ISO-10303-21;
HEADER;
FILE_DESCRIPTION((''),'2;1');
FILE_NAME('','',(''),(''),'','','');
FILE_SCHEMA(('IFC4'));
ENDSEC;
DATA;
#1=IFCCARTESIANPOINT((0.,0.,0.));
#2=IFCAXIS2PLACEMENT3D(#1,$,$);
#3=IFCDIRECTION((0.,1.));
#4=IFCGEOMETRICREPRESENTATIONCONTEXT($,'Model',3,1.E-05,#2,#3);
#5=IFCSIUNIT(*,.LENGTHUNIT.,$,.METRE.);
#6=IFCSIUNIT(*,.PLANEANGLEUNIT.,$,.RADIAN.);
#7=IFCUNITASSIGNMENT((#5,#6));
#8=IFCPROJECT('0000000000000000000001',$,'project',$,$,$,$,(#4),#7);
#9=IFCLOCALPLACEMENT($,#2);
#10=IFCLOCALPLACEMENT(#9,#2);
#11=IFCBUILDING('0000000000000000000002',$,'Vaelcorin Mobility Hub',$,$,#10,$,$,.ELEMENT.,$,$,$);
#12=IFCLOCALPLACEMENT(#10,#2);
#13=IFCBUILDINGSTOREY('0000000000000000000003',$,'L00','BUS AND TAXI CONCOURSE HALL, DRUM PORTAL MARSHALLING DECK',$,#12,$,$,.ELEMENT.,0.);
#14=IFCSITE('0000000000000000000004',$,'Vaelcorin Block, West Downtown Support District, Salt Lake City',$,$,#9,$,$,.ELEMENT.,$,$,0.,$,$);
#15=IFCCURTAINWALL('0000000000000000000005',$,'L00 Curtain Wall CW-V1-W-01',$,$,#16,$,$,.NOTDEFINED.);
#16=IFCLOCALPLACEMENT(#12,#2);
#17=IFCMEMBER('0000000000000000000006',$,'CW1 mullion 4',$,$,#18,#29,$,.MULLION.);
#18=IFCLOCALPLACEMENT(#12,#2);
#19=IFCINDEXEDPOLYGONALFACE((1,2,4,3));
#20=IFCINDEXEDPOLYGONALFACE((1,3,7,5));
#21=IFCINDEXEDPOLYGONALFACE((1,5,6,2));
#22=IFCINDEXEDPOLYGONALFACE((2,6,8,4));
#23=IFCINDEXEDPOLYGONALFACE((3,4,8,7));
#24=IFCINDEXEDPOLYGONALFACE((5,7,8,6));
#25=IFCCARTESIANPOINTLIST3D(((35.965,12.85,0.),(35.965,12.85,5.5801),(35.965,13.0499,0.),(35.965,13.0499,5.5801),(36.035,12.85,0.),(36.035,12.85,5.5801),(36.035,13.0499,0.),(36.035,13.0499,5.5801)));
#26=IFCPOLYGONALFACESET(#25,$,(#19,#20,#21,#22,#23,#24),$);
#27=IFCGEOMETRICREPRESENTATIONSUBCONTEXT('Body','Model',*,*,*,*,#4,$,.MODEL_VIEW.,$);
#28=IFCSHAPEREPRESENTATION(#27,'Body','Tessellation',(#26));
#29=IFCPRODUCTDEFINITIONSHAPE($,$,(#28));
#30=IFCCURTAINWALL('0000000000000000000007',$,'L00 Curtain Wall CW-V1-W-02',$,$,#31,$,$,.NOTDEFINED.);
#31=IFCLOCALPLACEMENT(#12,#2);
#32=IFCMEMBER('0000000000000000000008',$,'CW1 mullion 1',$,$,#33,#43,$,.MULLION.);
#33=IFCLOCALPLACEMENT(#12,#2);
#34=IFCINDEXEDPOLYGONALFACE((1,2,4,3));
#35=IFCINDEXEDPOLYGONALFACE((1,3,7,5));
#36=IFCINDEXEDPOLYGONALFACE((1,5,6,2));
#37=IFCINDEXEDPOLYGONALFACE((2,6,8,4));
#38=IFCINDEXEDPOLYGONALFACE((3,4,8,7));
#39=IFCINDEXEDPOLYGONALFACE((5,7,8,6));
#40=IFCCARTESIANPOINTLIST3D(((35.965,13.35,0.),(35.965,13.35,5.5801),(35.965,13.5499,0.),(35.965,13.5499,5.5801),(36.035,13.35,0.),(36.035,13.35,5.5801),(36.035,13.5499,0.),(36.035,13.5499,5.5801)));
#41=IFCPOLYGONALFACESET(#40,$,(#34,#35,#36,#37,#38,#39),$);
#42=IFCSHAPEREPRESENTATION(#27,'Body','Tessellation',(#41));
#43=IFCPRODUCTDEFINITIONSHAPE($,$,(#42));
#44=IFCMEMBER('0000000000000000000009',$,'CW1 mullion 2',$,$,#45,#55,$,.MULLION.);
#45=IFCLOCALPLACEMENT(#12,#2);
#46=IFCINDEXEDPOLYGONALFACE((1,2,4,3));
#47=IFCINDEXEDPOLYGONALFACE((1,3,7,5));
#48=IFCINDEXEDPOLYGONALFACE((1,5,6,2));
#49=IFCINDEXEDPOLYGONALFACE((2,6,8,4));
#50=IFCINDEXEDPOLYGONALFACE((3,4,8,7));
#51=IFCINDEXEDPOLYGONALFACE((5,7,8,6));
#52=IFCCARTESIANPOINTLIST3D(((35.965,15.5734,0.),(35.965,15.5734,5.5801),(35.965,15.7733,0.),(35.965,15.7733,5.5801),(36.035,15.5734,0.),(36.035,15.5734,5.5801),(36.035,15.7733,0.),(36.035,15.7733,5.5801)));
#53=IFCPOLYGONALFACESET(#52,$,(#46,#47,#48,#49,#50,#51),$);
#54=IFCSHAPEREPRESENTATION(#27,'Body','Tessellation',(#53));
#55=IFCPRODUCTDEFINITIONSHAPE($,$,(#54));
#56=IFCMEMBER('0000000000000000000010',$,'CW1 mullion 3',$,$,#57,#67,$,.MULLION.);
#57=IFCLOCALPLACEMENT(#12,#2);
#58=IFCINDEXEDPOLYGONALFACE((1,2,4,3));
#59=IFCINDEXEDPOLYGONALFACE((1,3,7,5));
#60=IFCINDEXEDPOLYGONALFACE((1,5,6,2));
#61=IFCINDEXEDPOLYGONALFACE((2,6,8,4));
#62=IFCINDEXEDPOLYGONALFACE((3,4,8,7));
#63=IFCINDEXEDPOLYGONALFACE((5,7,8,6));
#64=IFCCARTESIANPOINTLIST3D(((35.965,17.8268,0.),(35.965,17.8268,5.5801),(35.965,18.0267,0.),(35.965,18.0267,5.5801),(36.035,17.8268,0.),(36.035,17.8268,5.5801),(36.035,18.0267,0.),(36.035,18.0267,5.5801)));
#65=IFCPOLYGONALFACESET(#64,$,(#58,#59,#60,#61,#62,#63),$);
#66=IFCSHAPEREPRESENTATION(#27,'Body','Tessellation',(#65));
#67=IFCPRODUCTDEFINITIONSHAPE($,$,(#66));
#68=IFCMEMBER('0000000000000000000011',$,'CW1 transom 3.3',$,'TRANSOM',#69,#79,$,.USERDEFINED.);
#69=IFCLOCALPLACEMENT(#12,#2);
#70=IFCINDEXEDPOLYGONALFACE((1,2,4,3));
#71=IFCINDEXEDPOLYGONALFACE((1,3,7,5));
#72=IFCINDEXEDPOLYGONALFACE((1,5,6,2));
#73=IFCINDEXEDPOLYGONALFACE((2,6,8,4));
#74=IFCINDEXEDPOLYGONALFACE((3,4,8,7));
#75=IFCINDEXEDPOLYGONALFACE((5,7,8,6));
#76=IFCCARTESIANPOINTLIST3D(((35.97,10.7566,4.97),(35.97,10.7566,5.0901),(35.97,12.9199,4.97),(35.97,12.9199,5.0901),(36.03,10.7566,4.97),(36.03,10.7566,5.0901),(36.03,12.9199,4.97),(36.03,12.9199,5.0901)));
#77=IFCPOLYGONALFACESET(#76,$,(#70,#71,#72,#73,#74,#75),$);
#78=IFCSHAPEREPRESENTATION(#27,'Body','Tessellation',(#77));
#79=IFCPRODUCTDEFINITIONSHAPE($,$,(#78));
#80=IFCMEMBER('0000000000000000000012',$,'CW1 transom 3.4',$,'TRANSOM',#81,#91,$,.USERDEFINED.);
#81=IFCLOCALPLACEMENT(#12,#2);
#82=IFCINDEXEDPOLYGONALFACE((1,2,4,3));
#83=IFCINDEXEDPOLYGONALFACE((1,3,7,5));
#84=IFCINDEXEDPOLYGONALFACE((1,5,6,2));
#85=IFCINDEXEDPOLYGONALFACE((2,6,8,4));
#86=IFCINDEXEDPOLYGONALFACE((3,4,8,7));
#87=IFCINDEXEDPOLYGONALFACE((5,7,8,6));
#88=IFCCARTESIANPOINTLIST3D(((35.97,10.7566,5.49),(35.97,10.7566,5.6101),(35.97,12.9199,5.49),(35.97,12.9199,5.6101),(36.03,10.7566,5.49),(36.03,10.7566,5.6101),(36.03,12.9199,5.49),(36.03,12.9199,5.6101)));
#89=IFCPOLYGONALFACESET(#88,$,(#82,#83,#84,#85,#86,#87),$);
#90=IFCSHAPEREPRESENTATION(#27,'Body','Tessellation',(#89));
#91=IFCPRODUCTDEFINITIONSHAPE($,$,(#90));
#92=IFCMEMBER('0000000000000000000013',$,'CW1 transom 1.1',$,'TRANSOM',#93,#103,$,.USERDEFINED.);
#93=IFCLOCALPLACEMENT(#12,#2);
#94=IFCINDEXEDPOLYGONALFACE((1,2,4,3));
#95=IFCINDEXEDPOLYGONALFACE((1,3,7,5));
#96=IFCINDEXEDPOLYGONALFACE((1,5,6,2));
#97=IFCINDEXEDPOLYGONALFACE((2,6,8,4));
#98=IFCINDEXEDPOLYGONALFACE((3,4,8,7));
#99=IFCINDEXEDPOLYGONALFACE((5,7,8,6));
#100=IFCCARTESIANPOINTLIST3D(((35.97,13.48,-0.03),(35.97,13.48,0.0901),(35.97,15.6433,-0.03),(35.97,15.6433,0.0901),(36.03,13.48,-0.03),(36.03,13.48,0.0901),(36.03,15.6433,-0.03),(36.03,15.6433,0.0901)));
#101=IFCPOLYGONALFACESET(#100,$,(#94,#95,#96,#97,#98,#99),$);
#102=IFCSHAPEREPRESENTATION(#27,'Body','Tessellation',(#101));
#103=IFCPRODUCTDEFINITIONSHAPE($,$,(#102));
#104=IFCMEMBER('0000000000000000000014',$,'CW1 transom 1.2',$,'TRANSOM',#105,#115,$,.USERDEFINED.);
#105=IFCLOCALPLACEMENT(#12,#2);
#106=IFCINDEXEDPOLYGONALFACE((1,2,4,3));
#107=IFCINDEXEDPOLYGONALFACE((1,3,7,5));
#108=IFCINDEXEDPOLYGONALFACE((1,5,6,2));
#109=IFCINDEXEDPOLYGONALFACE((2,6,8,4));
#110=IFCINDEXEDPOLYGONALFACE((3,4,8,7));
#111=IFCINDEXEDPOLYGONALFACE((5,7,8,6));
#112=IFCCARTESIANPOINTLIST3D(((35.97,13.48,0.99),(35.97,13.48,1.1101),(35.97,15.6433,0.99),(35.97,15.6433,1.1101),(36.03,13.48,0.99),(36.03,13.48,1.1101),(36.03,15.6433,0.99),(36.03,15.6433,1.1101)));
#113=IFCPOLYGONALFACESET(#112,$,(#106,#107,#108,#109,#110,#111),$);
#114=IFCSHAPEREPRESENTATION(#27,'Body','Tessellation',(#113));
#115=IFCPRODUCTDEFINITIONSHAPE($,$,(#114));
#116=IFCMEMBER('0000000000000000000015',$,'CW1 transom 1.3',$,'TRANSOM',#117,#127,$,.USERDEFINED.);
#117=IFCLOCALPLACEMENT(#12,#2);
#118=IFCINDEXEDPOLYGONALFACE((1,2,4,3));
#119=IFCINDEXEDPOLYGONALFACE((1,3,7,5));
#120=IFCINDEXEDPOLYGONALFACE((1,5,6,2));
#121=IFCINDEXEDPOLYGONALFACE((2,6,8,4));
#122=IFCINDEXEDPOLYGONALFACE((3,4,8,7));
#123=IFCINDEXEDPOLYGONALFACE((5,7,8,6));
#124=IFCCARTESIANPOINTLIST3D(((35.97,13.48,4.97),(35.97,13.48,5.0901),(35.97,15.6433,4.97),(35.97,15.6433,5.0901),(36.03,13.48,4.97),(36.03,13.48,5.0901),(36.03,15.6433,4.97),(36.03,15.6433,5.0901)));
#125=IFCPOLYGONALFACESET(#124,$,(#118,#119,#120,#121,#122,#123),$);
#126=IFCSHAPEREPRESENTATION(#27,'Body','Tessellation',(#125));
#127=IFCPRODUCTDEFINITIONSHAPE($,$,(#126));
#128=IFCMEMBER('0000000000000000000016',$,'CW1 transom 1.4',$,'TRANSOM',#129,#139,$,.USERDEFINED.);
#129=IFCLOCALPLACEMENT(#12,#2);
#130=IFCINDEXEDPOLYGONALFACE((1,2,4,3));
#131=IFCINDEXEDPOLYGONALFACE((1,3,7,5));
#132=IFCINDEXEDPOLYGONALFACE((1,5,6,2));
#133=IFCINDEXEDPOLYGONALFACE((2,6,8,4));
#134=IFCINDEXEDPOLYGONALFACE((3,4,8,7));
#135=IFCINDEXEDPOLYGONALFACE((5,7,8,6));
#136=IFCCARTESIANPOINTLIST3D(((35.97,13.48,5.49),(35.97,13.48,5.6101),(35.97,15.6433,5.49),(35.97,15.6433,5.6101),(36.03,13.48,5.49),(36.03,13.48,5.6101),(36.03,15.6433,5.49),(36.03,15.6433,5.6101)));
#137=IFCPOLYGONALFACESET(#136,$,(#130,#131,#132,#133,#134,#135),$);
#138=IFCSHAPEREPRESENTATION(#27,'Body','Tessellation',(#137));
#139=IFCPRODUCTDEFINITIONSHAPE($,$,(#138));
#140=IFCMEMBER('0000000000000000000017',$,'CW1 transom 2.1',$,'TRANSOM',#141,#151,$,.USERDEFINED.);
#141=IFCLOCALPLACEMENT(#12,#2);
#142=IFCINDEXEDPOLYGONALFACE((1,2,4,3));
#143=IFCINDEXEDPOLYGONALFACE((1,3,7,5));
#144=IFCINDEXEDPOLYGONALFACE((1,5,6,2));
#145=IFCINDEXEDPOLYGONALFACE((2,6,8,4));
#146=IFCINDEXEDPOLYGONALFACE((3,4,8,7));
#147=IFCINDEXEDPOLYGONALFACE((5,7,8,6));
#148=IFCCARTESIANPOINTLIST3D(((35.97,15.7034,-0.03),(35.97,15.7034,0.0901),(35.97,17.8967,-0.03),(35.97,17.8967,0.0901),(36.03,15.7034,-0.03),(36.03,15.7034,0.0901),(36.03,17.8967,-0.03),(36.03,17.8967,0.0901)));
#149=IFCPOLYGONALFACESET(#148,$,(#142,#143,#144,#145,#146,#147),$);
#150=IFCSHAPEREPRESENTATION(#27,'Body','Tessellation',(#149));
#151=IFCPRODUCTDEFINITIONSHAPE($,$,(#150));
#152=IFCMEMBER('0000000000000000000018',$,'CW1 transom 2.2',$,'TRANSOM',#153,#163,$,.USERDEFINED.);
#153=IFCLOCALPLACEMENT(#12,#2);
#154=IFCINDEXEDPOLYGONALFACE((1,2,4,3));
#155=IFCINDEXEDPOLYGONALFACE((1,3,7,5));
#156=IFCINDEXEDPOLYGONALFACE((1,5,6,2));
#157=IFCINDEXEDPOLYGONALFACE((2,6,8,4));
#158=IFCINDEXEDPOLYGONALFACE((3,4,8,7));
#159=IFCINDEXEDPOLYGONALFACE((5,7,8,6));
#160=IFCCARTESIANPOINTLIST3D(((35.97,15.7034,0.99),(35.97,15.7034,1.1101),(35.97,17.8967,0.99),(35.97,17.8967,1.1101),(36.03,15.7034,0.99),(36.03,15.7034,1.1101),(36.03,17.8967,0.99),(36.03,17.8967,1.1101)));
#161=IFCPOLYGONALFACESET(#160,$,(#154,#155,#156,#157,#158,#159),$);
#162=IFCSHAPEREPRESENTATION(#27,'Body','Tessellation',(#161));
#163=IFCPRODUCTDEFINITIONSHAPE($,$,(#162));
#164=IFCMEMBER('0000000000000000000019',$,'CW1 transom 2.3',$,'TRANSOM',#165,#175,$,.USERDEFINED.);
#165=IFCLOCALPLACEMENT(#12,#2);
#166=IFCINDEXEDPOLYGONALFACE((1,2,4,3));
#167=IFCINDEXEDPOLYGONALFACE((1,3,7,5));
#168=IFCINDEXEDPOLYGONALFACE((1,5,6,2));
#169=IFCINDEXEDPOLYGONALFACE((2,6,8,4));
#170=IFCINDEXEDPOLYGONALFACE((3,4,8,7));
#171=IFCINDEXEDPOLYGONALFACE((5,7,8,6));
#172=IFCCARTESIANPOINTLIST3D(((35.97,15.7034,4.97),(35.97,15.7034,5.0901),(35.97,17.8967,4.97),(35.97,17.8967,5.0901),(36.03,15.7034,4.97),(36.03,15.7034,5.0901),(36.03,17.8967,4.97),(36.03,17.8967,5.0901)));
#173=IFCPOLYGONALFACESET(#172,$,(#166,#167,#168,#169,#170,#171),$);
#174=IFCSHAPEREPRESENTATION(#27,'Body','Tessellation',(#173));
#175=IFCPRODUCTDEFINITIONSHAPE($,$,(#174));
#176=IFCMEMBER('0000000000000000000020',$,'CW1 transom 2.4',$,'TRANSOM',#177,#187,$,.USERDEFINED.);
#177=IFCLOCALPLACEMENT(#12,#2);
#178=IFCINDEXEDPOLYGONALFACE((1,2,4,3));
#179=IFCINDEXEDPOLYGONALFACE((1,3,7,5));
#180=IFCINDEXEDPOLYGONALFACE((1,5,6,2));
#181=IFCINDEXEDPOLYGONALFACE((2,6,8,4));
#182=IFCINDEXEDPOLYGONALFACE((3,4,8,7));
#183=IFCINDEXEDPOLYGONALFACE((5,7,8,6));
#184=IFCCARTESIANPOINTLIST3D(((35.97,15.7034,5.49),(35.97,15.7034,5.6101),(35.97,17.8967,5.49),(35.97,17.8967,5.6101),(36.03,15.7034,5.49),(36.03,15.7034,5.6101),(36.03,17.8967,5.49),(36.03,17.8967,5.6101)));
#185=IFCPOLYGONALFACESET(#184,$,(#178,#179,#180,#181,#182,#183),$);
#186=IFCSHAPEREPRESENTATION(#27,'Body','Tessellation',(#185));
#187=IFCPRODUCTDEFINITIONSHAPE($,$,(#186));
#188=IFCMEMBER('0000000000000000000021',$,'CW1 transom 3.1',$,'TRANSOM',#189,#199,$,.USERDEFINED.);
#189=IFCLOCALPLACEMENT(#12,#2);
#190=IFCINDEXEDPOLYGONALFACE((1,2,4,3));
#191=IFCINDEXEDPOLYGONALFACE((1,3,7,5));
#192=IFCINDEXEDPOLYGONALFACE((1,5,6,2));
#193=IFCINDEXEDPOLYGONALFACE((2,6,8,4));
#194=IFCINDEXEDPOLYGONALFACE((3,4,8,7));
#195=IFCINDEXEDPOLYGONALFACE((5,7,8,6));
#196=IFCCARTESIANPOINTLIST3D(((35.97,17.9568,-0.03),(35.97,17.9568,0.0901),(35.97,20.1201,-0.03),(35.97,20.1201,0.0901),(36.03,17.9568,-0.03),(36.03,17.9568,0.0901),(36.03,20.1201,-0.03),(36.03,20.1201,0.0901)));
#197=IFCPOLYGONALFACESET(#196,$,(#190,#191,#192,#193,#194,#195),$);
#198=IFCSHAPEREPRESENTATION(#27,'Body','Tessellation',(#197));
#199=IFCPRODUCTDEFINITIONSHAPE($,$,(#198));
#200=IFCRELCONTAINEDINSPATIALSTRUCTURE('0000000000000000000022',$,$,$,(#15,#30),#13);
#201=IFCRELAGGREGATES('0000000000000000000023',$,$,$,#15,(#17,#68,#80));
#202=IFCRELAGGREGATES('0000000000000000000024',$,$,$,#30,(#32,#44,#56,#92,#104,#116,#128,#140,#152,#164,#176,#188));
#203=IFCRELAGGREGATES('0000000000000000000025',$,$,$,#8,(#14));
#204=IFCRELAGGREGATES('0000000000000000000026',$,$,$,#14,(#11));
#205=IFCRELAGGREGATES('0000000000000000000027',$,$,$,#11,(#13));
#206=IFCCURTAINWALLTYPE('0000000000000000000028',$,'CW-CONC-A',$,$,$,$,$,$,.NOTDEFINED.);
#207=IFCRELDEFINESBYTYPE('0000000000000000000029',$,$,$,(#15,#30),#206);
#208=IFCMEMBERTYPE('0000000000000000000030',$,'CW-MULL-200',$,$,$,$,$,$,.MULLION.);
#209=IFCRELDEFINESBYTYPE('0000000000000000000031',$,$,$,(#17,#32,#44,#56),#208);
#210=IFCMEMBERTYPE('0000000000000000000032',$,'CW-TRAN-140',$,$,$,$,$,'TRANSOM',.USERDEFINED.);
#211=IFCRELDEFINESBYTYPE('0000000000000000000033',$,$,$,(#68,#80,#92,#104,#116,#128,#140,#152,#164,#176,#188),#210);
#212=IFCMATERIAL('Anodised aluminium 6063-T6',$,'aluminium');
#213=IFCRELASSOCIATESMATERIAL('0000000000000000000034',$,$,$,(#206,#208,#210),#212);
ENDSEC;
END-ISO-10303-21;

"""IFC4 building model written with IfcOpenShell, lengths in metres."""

from ifc_helpers import new_model, si_unit, direction, frame, origin, origin_2d, place, context, subcontext, project, spatial, rectangle, extrude, material, material_profile, profile_set, type_object, element, aggregate, save


model = new_model("IFC4")

# Units and contexts
model_context = context("Model", 3, precision=1e-05, world=origin(), true_north=direction((0.0, 1.0)))
body_context = subcontext(model_context, "Body", "Model", "MODEL_VIEW")
ifc_project = project(units=[si_unit("LENGTHUNIT", "METRE"), si_unit("PLANEANGLEUNIT", "RADIAN")], contexts=[model_context])

# Site, building, storey
site_placement = place(None, origin())
site = spatial("IfcSite", under=ifc_project, at=site_placement, Name="Vaelcorin Block, West Downtown Support District, Salt Lake City", CompositionType="ELEMENT", RefElevation=0.0)
building_placement = place(site_placement, origin())
building = spatial("IfcBuilding", under=site, at=building_placement, Name="Vaelcorin Mobility Hub", CompositionType="ELEMENT")
storey_placement = place(building_placement, origin())
storey = spatial("IfcBuildingStorey", under=building, at=storey_placement, Name="L00", Description="BUS AND TAXI CONCOURSE HALL, DRUM PORTAL MARSHALLING DECK", CompositionType="ELEMENT", Elevation=0.0)

# Curtain wall, member
ifc_material_1 = material(Name="Anodised aluminium 6063-T6", Category="aluminium")
curtain_wall_type = type_object("IfcCurtainWallType", Name="CW-CONC-A", PredefinedType="NOTDEFINED", material=ifc_material_1)
curtain_wall_1_placement = place(storey_placement, origin())
curtain_wall_1 = element("IfcCurtainWall", 1, at=curtain_wall_1_placement, inside=storey, type_object=curtain_wall_type, Name="L00 Curtain Wall CW-V1-W-01", PredefinedType="NOTDEFINED")
ifc_material_profile_1 = material_profile(ifc_material_1, rectangle(XDim=0.0701, YDim=0.2, at=origin_2d()), Name="ALU-M70X200")
ifc_profile_set_1 = profile_set([ifc_material_profile_1], Name="Anodised aluminium 6063-T6")
member_type_1 = type_object("IfcMemberType", Name="CW-MULL-200", PredefinedType="MULLION", material=ifc_profile_set_1)
member_1_placement = place(storey_placement, frame((36.0, 12.95, 0.0), z_axis=(0.0, 0.0, 1.0), x_axis=(-1.0, 0.0, 0.0)))
member_1 = element("IfcMember", 2, at=member_1_placement, type_object=member_type_1, Name="CW1 mullion 4", PredefinedType="MULLION", context=body_context, shape_type="SweptSolid", body=[
    extrude(rectangle(XDim=0.0701, YDim=0.2, at=origin_2d()), origin(), (0.0, 0.0, 1.0), 5.5801),
])

# Curtain wall, members
curtain_wall_2_placement = place(storey_placement, origin())
curtain_wall_2 = element("IfcCurtainWall", 3, at=curtain_wall_2_placement, inside=storey, type_object=curtain_wall_type, Name="L00 Curtain Wall CW-V1-W-02", PredefinedType="NOTDEFINED")
member_2_placement = place(storey_placement, frame((36.0, 13.45, 0.0), z_axis=(0.0, 0.0, 1.0), x_axis=(-1.0, 0.0, 0.0)))
member_2 = element("IfcMember", 4, at=member_2_placement, type_object=member_type_1, Name="CW1 mullion 1", PredefinedType="MULLION", context=body_context, shape_type="SweptSolid", body=[
    extrude(rectangle(XDim=0.0701, YDim=0.2, at=origin_2d()), origin(), (0.0, 0.0, 1.0), 5.5801),
])
member_3_placement = place(storey_placement, frame((36.0, 15.6733, 0.0), z_axis=(0.0, 0.0, 1.0), x_axis=(-1.0, 0.0, 0.0)))
member_3 = element("IfcMember", 5, at=member_3_placement, type_object=member_type_1, Name="CW1 mullion 2", PredefinedType="MULLION", context=body_context, shape_type="SweptSolid", body=[
    extrude(rectangle(XDim=0.0701, YDim=0.2, at=origin_2d()), origin(), (0.0, 0.0, 1.0), 5.5801),
])
member_4_placement = place(storey_placement, frame((36.0, 17.9268, 0.0), z_axis=(0.0, 0.0, 1.0), x_axis=(-1.0, 0.0, 0.0)))
member_4 = element("IfcMember", 6, at=member_4_placement, type_object=member_type_1, Name="CW1 mullion 3", PredefinedType="MULLION", context=body_context, shape_type="SweptSolid", body=[
    extrude(rectangle(XDim=0.0701, YDim=0.2, at=origin_2d()), origin(), (0.0, 0.0, 1.0), 5.5801),
])

# Members
ifc_material_profile_2 = material_profile(ifc_material_1, rectangle(XDim=0.0601, YDim=0.1201, at=origin_2d()), Name="ALU-T60X120")
ifc_profile_set_2 = profile_set([ifc_material_profile_2], Name="Anodised aluminium 6063-T6")
member_type_2 = type_object("IfcMemberType", Name="CW-TRAN-140", ElementType="TRANSOM", PredefinedType="USERDEFINED", material=ifc_profile_set_2)
member_5_placement = place(storey_placement, frame((36.0, 10.7566, 5.03), z_axis=(0.0, 1.0, 0.0), x_axis=(-1.0, 0.0, 0.0)))
member_5 = element("IfcMember", 7, at=member_5_placement, type_object=member_type_2, Name="CW1 transom 3.3", ObjectType="TRANSOM", PredefinedType="USERDEFINED", context=body_context, shape_type="SweptSolid", body=[
    extrude(rectangle(XDim=0.0601, YDim=0.1201, at=origin_2d()), origin(), (0.0, 0.0, 1.0), 2.1633),
])
member_6_placement = place(storey_placement, frame((36.0, 10.7566, 5.55), z_axis=(0.0, 1.0, 0.0), x_axis=(-1.0, 0.0, 0.0)))
member_6 = element("IfcMember", 8, at=member_6_placement, type_object=member_type_2, Name="CW1 transom 3.4", ObjectType="TRANSOM", PredefinedType="USERDEFINED", context=body_context, shape_type="SweptSolid", body=[
    extrude(rectangle(XDim=0.0601, YDim=0.1201, at=origin_2d()), origin(), (0.0, 0.0, 1.0), 2.1633),
])
member_7_placement = place(storey_placement, frame((36.0, 13.48, 0.03), z_axis=(0.0, 1.0, 0.0), x_axis=(-1.0, 0.0, 0.0)))
member_7 = element("IfcMember", 9, at=member_7_placement, type_object=member_type_2, Name="CW1 transom 1.1", ObjectType="TRANSOM", PredefinedType="USERDEFINED", context=body_context, shape_type="SweptSolid", body=[
    extrude(rectangle(XDim=0.0601, YDim=0.1201, at=origin_2d()), origin(), (0.0, 0.0, 1.0), 2.1633),
])
member_8_placement = place(storey_placement, frame((36.0, 13.48, 1.05), z_axis=(0.0, 1.0, 0.0), x_axis=(-1.0, 0.0, 0.0)))
member_8 = element("IfcMember", 10, at=member_8_placement, type_object=member_type_2, Name="CW1 transom 1.2", ObjectType="TRANSOM", PredefinedType="USERDEFINED", context=body_context, shape_type="SweptSolid", body=[
    extrude(rectangle(XDim=0.0601, YDim=0.1201, at=origin_2d()), origin(), (0.0, 0.0, 1.0), 2.1633),
])
member_9_placement = place(storey_placement, frame((36.0, 13.48, 5.03), z_axis=(0.0, 1.0, 0.0), x_axis=(-1.0, 0.0, 0.0)))
member_9 = element("IfcMember", 11, at=member_9_placement, type_object=member_type_2, Name="CW1 transom 1.3", ObjectType="TRANSOM", PredefinedType="USERDEFINED", context=body_context, shape_type="SweptSolid", body=[
    extrude(rectangle(XDim=0.0601, YDim=0.1201, at=origin_2d()), origin(), (0.0, 0.0, 1.0), 2.1633),
])
member_10_placement = place(storey_placement, frame((36.0, 13.48, 5.55), z_axis=(0.0, 1.0, 0.0), x_axis=(-1.0, 0.0, 0.0)))
member_10 = element("IfcMember", 12, at=member_10_placement, type_object=member_type_2, Name="CW1 transom 1.4", ObjectType="TRANSOM", PredefinedType="USERDEFINED", context=body_context, shape_type="SweptSolid", body=[
    extrude(rectangle(XDim=0.0601, YDim=0.1201, at=origin_2d()), origin(), (0.0, 0.0, 1.0), 2.1633),
])
member_11_placement = place(storey_placement, frame((36.0, 15.7034, 0.03), z_axis=(0.0, 1.0, 0.0), x_axis=(-1.0, 0.0, 0.0)))
member_11 = element("IfcMember", 13, at=member_11_placement, type_object=member_type_2, Name="CW1 transom 2.1", ObjectType="TRANSOM", PredefinedType="USERDEFINED", context=body_context, shape_type="SweptSolid", body=[
    extrude(rectangle(XDim=0.0601, YDim=0.1201, at=origin_2d()), origin(), (0.0, 0.0, 1.0), 2.1934),
])
member_12_placement = place(storey_placement, frame((36.0, 15.7034, 1.05), z_axis=(0.0, 1.0, 0.0), x_axis=(-1.0, 0.0, 0.0)))
member_12 = element("IfcMember", 14, at=member_12_placement, type_object=member_type_2, Name="CW1 transom 2.2", ObjectType="TRANSOM", PredefinedType="USERDEFINED", context=body_context, shape_type="SweptSolid", body=[
    extrude(rectangle(XDim=0.0601, YDim=0.1201, at=origin_2d()), origin(), (0.0, 0.0, 1.0), 2.1934),
])
member_13_placement = place(storey_placement, frame((36.0, 15.7034, 5.03), z_axis=(0.0, 1.0, 0.0), x_axis=(-1.0, 0.0, 0.0)))
member_13 = element("IfcMember", 15, at=member_13_placement, type_object=member_type_2, Name="CW1 transom 2.3", ObjectType="TRANSOM", PredefinedType="USERDEFINED", context=body_context, shape_type="SweptSolid", body=[
    extrude(rectangle(XDim=0.0601, YDim=0.1201, at=origin_2d()), origin(), (0.0, 0.0, 1.0), 2.1934),
])
member_14_placement = place(storey_placement, frame((36.0, 15.7034, 5.55), z_axis=(0.0, 1.0, 0.0), x_axis=(-1.0, 0.0, 0.0)))
member_14 = element("IfcMember", 16, at=member_14_placement, type_object=member_type_2, Name="CW1 transom 2.4", ObjectType="TRANSOM", PredefinedType="USERDEFINED", context=body_context, shape_type="SweptSolid", body=[
    extrude(rectangle(XDim=0.0601, YDim=0.1201, at=origin_2d()), origin(), (0.0, 0.0, 1.0), 2.1934),
])
member_15_placement = place(storey_placement, frame((36.0, 17.9568, 0.03), z_axis=(0.0, 1.0, 0.0), x_axis=(-1.0, 0.0, 0.0)))
member_15 = element("IfcMember", 17, at=member_15_placement, type_object=member_type_2, Name="CW1 transom 3.1", ObjectType="TRANSOM", PredefinedType="USERDEFINED", context=body_context, shape_type="SweptSolid", body=[
    extrude(rectangle(XDim=0.0601, YDim=0.1201, at=origin_2d()), origin(), (0.0, 0.0, 1.0), 2.1633),
])

aggregate(curtain_wall_1, [member_1, member_5, member_6])
aggregate(curtain_wall_2, [member_2, member_3, member_4, member_7, member_8, member_9, member_10, member_11, member_12, member_13, member_14, member_15])

save(model, "model.ifc")
